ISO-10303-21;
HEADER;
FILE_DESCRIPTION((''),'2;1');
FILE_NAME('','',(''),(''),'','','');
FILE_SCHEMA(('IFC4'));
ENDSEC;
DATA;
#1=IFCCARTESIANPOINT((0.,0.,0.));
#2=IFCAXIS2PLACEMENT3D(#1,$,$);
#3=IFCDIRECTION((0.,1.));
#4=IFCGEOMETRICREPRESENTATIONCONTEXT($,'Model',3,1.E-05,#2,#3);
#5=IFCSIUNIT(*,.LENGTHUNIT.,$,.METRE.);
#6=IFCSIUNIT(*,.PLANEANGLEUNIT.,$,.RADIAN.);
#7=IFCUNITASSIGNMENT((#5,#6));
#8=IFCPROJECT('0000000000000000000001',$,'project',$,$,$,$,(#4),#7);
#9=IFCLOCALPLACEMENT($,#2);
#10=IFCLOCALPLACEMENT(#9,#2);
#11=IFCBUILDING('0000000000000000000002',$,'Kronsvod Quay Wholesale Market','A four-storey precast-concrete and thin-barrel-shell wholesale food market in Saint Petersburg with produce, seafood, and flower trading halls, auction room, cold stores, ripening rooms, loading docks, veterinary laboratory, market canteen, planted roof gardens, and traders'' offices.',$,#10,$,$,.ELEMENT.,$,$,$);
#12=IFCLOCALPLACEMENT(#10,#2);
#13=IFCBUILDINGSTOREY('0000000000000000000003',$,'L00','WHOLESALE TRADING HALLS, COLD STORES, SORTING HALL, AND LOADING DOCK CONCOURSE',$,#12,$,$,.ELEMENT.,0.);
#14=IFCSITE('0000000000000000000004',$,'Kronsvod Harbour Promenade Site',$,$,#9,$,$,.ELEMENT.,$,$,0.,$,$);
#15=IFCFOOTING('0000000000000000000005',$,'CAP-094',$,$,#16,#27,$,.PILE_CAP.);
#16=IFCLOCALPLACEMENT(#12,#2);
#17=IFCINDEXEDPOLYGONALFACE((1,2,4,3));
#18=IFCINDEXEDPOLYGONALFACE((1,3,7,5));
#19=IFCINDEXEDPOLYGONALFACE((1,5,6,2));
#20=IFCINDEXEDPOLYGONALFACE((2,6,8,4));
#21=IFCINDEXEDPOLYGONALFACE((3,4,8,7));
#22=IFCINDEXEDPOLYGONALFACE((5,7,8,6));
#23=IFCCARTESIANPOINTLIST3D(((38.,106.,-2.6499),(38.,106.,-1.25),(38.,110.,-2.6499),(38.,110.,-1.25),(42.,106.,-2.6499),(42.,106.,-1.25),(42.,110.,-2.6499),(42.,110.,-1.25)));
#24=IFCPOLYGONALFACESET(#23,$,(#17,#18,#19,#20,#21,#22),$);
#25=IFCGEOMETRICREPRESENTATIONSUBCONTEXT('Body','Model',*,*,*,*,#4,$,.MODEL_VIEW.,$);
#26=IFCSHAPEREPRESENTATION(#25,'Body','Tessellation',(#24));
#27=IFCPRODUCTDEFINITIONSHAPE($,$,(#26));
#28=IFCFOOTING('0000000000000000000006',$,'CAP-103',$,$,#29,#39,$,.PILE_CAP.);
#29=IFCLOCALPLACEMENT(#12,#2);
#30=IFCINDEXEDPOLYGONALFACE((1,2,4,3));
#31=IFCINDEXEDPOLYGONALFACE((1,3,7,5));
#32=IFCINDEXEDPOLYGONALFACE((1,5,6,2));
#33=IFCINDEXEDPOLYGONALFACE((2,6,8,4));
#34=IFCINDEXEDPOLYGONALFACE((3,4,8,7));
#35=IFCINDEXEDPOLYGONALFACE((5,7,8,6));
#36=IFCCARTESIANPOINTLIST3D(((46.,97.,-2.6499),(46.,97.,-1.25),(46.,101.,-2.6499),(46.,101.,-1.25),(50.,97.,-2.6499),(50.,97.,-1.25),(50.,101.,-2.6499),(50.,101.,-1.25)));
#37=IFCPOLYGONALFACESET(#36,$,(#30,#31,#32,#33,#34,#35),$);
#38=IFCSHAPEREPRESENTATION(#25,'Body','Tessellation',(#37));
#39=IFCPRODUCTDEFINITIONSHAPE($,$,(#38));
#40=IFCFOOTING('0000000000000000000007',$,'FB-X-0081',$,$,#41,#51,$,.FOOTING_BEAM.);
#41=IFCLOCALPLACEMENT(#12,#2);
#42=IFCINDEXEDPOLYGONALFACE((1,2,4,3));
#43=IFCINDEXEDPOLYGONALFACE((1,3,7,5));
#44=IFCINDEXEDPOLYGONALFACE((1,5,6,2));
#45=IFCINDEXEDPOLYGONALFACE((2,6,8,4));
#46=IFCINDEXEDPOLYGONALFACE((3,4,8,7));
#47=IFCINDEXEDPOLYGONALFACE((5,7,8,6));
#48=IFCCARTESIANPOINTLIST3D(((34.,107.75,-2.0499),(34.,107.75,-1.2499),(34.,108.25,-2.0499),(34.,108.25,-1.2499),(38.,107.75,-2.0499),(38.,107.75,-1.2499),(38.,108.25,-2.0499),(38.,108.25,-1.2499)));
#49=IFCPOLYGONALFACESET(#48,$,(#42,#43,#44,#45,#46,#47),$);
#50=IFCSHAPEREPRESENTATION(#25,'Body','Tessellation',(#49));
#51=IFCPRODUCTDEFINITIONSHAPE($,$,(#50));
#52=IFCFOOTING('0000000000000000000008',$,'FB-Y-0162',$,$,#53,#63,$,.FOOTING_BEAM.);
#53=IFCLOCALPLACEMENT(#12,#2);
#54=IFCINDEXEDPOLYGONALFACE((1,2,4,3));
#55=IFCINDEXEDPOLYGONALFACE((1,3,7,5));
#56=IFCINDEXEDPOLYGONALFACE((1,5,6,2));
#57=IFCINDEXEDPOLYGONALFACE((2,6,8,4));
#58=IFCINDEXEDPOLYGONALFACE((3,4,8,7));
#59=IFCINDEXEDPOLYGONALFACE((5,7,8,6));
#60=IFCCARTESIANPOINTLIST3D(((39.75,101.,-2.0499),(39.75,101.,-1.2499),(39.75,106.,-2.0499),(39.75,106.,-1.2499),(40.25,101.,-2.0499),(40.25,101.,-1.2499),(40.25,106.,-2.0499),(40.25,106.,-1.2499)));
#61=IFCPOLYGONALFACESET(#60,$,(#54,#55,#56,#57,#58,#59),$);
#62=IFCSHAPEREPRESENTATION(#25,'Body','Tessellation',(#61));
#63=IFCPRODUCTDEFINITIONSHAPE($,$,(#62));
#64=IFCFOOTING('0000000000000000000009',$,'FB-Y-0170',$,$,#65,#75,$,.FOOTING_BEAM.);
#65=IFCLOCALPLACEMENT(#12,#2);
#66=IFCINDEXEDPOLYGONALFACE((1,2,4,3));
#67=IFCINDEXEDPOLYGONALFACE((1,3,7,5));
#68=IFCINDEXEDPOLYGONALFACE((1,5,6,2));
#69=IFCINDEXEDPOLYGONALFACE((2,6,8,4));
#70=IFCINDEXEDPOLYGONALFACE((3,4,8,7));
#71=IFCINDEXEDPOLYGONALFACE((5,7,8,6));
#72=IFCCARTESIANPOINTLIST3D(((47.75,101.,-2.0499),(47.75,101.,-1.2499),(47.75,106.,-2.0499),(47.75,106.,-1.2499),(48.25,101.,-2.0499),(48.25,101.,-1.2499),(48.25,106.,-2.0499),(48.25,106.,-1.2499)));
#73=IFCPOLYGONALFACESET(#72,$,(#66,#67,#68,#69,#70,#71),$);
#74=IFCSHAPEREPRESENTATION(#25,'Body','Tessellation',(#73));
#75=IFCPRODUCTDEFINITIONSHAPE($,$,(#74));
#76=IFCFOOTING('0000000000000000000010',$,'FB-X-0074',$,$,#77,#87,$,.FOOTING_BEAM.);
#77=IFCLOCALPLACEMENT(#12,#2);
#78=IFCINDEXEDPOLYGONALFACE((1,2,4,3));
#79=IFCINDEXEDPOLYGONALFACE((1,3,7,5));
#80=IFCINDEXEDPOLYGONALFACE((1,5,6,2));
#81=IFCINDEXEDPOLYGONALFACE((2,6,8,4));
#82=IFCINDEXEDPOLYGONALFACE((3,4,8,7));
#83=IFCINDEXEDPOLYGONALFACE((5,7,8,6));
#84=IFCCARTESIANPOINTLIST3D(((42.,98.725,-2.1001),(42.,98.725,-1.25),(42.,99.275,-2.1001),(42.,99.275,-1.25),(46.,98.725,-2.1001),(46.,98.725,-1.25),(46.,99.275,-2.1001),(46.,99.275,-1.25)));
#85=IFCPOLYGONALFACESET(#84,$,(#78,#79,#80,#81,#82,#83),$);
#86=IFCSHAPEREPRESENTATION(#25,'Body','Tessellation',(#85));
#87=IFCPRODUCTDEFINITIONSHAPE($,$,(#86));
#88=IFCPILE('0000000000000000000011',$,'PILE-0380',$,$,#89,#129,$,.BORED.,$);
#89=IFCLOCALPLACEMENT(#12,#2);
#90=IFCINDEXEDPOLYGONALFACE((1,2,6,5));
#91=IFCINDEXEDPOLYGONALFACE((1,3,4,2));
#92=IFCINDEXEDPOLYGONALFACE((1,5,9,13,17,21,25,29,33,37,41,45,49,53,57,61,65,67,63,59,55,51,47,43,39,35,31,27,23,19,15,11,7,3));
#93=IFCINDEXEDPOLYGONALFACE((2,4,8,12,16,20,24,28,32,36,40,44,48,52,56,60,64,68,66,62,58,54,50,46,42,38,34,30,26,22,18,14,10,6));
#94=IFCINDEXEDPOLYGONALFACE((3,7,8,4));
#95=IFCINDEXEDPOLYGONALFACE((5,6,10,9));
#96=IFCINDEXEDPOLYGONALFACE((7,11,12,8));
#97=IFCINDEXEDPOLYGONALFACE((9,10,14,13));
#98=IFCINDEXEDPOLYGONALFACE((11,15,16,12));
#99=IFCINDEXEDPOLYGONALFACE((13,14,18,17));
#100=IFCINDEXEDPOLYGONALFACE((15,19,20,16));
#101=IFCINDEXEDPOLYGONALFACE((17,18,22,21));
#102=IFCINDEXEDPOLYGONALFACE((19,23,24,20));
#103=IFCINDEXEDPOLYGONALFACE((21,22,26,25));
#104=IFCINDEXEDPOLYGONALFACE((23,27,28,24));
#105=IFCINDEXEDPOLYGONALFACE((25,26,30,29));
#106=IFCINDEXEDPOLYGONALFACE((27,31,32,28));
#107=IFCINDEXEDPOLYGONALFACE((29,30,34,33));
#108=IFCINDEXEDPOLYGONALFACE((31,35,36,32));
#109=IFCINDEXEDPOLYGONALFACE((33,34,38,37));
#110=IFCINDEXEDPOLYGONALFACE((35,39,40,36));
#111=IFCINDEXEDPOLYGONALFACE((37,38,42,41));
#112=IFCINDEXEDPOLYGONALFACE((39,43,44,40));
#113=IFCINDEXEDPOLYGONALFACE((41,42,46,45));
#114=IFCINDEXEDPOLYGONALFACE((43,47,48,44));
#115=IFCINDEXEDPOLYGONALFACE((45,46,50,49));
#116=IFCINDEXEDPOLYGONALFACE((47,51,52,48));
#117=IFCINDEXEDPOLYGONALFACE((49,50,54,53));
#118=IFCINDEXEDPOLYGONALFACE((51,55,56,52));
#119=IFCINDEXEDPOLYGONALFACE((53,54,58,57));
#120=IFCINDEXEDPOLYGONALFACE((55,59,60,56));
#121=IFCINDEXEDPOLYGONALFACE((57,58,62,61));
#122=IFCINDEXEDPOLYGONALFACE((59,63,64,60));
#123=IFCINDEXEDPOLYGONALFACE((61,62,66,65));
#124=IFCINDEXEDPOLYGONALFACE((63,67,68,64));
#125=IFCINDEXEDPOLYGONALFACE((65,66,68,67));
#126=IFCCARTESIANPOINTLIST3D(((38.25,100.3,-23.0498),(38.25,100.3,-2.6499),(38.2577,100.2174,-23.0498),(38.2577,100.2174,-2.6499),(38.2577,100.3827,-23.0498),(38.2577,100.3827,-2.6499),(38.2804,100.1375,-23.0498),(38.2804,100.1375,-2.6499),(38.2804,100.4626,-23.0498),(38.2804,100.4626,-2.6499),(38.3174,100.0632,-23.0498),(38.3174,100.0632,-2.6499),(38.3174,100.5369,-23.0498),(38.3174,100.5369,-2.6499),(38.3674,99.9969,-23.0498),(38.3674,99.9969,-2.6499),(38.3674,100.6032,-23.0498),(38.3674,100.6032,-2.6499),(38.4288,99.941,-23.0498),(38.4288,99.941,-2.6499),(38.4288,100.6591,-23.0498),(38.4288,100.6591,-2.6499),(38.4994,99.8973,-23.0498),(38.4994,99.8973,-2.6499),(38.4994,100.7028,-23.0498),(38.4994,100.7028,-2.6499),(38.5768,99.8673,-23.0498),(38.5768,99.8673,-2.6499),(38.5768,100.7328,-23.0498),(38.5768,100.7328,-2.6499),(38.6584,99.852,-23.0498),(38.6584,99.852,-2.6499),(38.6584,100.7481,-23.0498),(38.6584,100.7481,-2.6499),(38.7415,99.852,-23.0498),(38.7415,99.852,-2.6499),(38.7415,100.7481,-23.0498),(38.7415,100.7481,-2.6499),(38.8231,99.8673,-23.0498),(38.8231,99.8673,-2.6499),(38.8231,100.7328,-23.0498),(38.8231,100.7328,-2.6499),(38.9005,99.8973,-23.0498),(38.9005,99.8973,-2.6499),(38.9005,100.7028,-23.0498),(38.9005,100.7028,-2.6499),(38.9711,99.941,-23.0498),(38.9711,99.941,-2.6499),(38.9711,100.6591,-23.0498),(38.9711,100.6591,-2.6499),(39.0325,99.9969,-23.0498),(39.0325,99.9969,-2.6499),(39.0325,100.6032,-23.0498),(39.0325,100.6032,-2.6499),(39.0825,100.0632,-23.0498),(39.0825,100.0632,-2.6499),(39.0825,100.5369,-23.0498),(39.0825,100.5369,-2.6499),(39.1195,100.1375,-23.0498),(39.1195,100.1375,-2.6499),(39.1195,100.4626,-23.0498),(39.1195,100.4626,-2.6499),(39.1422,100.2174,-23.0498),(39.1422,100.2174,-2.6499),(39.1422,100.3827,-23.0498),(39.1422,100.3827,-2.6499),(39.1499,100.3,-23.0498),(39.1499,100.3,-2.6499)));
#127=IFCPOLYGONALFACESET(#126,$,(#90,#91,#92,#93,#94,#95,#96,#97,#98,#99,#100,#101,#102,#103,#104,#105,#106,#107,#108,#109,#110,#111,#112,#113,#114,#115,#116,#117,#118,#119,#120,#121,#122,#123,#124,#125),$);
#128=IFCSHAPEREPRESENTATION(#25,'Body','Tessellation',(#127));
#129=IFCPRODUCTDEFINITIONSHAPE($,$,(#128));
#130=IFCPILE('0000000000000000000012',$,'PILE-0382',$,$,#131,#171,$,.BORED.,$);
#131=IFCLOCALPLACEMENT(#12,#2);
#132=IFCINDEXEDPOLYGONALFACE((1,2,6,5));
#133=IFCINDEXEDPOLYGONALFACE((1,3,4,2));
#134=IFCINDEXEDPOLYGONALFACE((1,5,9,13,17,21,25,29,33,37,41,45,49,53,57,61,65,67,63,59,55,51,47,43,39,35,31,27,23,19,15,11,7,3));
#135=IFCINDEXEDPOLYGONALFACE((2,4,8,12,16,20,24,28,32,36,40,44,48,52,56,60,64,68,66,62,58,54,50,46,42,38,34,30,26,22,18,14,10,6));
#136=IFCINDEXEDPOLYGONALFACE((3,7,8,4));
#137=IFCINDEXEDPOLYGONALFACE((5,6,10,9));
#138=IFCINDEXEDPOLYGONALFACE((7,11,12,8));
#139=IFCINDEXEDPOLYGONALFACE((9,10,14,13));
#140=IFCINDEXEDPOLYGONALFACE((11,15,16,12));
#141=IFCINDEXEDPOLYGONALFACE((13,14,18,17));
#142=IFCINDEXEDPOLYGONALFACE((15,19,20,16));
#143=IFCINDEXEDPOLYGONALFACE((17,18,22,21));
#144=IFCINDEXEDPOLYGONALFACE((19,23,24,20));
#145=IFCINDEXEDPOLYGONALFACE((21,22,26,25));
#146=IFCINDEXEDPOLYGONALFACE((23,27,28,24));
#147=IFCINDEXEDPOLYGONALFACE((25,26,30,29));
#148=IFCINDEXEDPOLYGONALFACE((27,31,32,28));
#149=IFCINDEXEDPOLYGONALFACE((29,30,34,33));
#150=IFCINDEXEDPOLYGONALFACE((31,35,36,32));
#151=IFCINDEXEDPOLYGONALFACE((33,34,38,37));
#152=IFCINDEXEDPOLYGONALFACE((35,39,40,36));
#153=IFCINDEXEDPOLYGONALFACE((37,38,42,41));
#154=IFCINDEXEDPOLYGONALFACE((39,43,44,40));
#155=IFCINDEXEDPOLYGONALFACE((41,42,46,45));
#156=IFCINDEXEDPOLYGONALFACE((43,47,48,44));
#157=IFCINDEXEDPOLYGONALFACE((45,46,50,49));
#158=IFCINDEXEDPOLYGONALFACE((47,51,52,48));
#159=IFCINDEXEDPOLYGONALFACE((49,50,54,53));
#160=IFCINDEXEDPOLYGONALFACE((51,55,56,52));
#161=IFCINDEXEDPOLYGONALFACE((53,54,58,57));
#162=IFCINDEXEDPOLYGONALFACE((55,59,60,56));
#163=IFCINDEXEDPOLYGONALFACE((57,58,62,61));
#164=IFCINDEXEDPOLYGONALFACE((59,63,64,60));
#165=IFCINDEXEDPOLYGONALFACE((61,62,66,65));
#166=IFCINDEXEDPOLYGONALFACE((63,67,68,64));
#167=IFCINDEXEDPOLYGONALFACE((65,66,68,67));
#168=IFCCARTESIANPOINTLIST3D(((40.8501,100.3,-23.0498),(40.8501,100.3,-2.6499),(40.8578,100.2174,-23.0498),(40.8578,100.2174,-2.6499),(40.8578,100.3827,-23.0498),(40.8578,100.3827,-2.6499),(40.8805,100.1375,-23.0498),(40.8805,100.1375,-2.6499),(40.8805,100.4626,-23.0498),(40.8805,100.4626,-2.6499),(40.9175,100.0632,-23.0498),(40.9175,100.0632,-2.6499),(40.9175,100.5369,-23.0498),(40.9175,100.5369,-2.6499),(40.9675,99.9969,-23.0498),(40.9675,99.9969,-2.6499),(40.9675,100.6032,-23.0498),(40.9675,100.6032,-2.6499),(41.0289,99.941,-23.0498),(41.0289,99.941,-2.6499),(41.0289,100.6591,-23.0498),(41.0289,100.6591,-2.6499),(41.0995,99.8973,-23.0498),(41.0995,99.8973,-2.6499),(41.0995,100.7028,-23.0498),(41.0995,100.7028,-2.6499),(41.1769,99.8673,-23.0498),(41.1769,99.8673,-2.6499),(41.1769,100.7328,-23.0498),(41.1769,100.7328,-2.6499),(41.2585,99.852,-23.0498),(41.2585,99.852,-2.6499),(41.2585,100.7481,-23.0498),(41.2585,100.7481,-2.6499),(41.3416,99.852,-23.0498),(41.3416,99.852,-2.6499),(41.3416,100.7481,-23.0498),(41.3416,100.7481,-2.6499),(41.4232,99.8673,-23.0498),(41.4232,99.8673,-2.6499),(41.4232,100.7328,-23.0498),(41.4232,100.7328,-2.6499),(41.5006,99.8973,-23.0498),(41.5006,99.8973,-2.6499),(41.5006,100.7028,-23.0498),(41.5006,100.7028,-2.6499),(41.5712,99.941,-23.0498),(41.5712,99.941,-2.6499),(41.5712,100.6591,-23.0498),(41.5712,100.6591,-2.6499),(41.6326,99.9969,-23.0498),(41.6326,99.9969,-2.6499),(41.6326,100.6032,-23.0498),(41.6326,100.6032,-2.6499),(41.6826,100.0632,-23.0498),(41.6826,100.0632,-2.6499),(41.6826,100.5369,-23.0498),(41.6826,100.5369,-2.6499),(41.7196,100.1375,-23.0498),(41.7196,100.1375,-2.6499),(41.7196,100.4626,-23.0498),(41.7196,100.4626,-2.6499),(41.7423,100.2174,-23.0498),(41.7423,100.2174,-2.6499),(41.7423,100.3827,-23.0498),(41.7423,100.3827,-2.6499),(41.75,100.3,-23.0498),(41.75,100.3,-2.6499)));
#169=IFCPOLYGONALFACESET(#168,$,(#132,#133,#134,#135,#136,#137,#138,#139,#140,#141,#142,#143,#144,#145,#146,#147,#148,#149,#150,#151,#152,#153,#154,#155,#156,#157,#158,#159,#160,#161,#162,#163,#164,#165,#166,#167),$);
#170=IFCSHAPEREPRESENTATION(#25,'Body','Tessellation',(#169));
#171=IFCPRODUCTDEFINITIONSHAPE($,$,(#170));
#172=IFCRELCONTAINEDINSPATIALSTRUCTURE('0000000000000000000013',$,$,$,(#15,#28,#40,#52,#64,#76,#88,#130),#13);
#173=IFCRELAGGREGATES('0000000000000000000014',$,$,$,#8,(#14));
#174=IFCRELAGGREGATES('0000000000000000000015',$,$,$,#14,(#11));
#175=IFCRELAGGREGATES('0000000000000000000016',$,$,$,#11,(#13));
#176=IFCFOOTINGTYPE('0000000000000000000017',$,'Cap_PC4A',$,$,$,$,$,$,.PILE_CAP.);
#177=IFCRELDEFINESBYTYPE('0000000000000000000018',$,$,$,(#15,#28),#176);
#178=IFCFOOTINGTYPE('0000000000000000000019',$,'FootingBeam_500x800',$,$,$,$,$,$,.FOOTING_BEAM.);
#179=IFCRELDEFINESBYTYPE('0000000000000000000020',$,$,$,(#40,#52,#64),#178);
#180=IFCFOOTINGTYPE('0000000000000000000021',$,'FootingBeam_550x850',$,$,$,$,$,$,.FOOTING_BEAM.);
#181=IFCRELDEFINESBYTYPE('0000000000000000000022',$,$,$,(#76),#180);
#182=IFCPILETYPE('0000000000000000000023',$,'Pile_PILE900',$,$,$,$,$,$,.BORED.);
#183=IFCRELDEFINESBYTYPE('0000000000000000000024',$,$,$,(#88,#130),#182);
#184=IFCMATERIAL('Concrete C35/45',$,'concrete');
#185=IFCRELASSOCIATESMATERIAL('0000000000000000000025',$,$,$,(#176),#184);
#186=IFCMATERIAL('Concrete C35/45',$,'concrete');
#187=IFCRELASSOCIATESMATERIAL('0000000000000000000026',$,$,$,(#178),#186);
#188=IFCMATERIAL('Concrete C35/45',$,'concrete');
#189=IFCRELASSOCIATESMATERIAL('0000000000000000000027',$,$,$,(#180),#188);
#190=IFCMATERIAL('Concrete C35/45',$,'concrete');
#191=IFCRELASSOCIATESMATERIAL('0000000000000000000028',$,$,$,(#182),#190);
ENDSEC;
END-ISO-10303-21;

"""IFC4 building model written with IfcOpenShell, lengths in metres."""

from ifc_helpers import new_model, si_unit, direction, frame, origin, origin_2d, place, context, subcontext, project, spatial, rectangle, circle, extrude, material, material_profile, profile_set, type_object, element, save


model = new_model("IFC4")

# Units and contexts
model_context = context("Model", 3, precision=1e-05, world=origin(), true_north=direction((0.0, 1.0)))
body_context = subcontext(model_context, "Body", "Model", "MODEL_VIEW")
ifc_project = project(units=[si_unit("LENGTHUNIT", "METRE"), si_unit("PLANEANGLEUNIT", "RADIAN")], contexts=[model_context])

# Site, building, storey
site_placement = place(None, origin())
site = spatial("IfcSite", under=ifc_project, at=site_placement, Name="Kronsvod Harbour Promenade Site", CompositionType="ELEMENT", RefElevation=0.0)
building_placement = place(site_placement, origin())
building = spatial("IfcBuilding", under=site, at=building_placement, Name="Kronsvod Quay Wholesale Market", Description="A four-storey precast-concrete and thin-barrel-shell wholesale food market in Saint Petersburg with produce, seafood, and flower trading halls, auction room, cold stores, ripening rooms, loading docks, veterinary laboratory, market canteen, planted roof gardens, and traders' offices.", CompositionType="ELEMENT")
storey_placement = place(building_placement, origin())
storey = spatial("IfcBuildingStorey", under=building, at=storey_placement, Name="L00", Description="WHOLESALE TRADING HALLS, COLD STORES, SORTING HALL, AND LOADING DOCK CONCOURSE", CompositionType="ELEMENT", Elevation=0.0)

# Footings
ifc_material_1 = material(Name="Concrete C35/45", Category="concrete")
footing_type_1 = type_object("IfcFootingType", Name="Cap_PC4A", PredefinedType="PILE_CAP", material=ifc_material_1)
for number, where, z_axis, x_axis, name in (
    (1, (40.0, 108.0, -2.6499), (0.0, 0.0, 1.0), (1.0, 0.0, 0.0), "CAP-094"),
    (2, (48.0, 99.0, -2.6499), (0.0, 0.0, 1.0), (1.0, 0.0, 0.0), "CAP-103"),
):
    element("IfcFooting", number, at=place(storey_placement, frame(where, z_axis=z_axis, x_axis=x_axis)), inside=storey, type_object=footing_type_1, Name=name, PredefinedType="PILE_CAP", context=body_context, shape_type="SweptSolid", body=[
        extrude(rectangle(XDim=4.0, YDim=4.0, at=origin_2d()), origin(), (0.0, 0.0, 1.0), 1.3999),
    ])
ifc_material_2 = material(Name="Concrete C35/45", Category="concrete")
ifc_material_profile_1 = material_profile(ifc_material_2, rectangle(XDim=0.5, YDim=0.8, at=origin_2d()), Name="FB-01")
ifc_profile_set_1 = profile_set([ifc_material_profile_1], Name="Concrete C35/45")
footing_type_2 = type_object("IfcFootingType", Name="FootingBeam_500x800", PredefinedType="FOOTING_BEAM", material=ifc_profile_set_1)
footing_1_placement = place(storey_placement, frame((34.0, 108.0, -1.6499), z_axis=(1.0, 0.0, 0.0), x_axis=(0.0, 1.0, 0.0)))
element("IfcFooting", 3, at=footing_1_placement, inside=storey, type_object=footing_type_2, Name="FB-X-0081", PredefinedType="FOOTING_BEAM", context=body_context, shape_type="SweptSolid", body=[
    extrude(rectangle(XDim=0.5, YDim=0.8, at=origin_2d()), origin(), (0.0, 0.0, 1.0), 4.0),
])
for number, where, z_axis, x_axis, name in (
    (4, (40.0, 101.0, -1.6499), (0.0, 1.0, 0.0), (-1.0, 0.0, 0.0), "FB-Y-0162"),
    (5, (48.0, 101.0, -1.6499), (0.0, 1.0, 0.0), (-1.0, 0.0, 0.0), "FB-Y-0170"),
):
    element("IfcFooting", number, at=place(storey_placement, frame(where, z_axis=z_axis, x_axis=x_axis)), inside=storey, type_object=footing_type_2, Name=name, PredefinedType="FOOTING_BEAM", context=body_context, shape_type="SweptSolid", body=[
        extrude(rectangle(XDim=0.5, YDim=0.8, at=origin_2d()), origin(), (0.0, 0.0, 1.0), 5.0),
    ])
ifc_material_3 = material(Name="Concrete C35/45", Category="concrete")
ifc_material_profile_2 = material_profile(ifc_material_3, rectangle(XDim=0.55, YDim=0.8501, at=origin_2d()), Name="FB-03")
ifc_profile_set_2 = profile_set([ifc_material_profile_2], Name="Concrete C35/45")
footing_type_3 = type_object("IfcFootingType", Name="FootingBeam_550x850", PredefinedType="FOOTING_BEAM", material=ifc_profile_set_2)
footing_2_placement = place(storey_placement, frame((42.0, 99.0, -1.675), z_axis=(1.0, 0.0, 0.0), x_axis=(0.0, 1.0, 0.0)))
element("IfcFooting", 6, at=footing_2_placement, inside=storey, type_object=footing_type_3, Name="FB-X-0074", PredefinedType="FOOTING_BEAM", context=body_context, shape_type="SweptSolid", body=[
    extrude(rectangle(XDim=0.55, YDim=0.8501, at=origin_2d()), origin(), (0.0, 0.0, 1.0), 4.0),
])

# Piles
ifc_material_4 = material(Name="Concrete C35/45", Category="concrete")
ifc_material_profile_3 = material_profile(ifc_material_4, circle(Radius=0.45, at=origin_2d()), Name="PILE900")
ifc_profile_set_3 = profile_set([ifc_material_profile_3], Name="Concrete C35/45")
pile_type = type_object("IfcPileType", Name="Pile_PILE900", PredefinedType="BORED", material=ifc_profile_set_3)
for number, where, z_axis, x_axis, name in (
    (7, (38.7, 100.3, -2.6499), (0.0, 0.0, -1.0), (1.0, 0.0, 0.0), "PILE-0380"),
    (8, (41.3, 100.3, -2.6499), (0.0, 0.0, -1.0), (1.0, 0.0, 0.0), "PILE-0382"),
):
    element("IfcPile", number, at=place(storey_placement, frame(where, z_axis=z_axis, x_axis=x_axis)), inside=storey, type_object=pile_type, Name=name, PredefinedType="BORED", context=body_context, shape_type="SweptSolid", body=[
        extrude(circle(Radius=0.45, at=origin_2d()), origin(), (0.0, 0.0, 1.0), 20.3999),
    ])

save(model, "model.ifc")
